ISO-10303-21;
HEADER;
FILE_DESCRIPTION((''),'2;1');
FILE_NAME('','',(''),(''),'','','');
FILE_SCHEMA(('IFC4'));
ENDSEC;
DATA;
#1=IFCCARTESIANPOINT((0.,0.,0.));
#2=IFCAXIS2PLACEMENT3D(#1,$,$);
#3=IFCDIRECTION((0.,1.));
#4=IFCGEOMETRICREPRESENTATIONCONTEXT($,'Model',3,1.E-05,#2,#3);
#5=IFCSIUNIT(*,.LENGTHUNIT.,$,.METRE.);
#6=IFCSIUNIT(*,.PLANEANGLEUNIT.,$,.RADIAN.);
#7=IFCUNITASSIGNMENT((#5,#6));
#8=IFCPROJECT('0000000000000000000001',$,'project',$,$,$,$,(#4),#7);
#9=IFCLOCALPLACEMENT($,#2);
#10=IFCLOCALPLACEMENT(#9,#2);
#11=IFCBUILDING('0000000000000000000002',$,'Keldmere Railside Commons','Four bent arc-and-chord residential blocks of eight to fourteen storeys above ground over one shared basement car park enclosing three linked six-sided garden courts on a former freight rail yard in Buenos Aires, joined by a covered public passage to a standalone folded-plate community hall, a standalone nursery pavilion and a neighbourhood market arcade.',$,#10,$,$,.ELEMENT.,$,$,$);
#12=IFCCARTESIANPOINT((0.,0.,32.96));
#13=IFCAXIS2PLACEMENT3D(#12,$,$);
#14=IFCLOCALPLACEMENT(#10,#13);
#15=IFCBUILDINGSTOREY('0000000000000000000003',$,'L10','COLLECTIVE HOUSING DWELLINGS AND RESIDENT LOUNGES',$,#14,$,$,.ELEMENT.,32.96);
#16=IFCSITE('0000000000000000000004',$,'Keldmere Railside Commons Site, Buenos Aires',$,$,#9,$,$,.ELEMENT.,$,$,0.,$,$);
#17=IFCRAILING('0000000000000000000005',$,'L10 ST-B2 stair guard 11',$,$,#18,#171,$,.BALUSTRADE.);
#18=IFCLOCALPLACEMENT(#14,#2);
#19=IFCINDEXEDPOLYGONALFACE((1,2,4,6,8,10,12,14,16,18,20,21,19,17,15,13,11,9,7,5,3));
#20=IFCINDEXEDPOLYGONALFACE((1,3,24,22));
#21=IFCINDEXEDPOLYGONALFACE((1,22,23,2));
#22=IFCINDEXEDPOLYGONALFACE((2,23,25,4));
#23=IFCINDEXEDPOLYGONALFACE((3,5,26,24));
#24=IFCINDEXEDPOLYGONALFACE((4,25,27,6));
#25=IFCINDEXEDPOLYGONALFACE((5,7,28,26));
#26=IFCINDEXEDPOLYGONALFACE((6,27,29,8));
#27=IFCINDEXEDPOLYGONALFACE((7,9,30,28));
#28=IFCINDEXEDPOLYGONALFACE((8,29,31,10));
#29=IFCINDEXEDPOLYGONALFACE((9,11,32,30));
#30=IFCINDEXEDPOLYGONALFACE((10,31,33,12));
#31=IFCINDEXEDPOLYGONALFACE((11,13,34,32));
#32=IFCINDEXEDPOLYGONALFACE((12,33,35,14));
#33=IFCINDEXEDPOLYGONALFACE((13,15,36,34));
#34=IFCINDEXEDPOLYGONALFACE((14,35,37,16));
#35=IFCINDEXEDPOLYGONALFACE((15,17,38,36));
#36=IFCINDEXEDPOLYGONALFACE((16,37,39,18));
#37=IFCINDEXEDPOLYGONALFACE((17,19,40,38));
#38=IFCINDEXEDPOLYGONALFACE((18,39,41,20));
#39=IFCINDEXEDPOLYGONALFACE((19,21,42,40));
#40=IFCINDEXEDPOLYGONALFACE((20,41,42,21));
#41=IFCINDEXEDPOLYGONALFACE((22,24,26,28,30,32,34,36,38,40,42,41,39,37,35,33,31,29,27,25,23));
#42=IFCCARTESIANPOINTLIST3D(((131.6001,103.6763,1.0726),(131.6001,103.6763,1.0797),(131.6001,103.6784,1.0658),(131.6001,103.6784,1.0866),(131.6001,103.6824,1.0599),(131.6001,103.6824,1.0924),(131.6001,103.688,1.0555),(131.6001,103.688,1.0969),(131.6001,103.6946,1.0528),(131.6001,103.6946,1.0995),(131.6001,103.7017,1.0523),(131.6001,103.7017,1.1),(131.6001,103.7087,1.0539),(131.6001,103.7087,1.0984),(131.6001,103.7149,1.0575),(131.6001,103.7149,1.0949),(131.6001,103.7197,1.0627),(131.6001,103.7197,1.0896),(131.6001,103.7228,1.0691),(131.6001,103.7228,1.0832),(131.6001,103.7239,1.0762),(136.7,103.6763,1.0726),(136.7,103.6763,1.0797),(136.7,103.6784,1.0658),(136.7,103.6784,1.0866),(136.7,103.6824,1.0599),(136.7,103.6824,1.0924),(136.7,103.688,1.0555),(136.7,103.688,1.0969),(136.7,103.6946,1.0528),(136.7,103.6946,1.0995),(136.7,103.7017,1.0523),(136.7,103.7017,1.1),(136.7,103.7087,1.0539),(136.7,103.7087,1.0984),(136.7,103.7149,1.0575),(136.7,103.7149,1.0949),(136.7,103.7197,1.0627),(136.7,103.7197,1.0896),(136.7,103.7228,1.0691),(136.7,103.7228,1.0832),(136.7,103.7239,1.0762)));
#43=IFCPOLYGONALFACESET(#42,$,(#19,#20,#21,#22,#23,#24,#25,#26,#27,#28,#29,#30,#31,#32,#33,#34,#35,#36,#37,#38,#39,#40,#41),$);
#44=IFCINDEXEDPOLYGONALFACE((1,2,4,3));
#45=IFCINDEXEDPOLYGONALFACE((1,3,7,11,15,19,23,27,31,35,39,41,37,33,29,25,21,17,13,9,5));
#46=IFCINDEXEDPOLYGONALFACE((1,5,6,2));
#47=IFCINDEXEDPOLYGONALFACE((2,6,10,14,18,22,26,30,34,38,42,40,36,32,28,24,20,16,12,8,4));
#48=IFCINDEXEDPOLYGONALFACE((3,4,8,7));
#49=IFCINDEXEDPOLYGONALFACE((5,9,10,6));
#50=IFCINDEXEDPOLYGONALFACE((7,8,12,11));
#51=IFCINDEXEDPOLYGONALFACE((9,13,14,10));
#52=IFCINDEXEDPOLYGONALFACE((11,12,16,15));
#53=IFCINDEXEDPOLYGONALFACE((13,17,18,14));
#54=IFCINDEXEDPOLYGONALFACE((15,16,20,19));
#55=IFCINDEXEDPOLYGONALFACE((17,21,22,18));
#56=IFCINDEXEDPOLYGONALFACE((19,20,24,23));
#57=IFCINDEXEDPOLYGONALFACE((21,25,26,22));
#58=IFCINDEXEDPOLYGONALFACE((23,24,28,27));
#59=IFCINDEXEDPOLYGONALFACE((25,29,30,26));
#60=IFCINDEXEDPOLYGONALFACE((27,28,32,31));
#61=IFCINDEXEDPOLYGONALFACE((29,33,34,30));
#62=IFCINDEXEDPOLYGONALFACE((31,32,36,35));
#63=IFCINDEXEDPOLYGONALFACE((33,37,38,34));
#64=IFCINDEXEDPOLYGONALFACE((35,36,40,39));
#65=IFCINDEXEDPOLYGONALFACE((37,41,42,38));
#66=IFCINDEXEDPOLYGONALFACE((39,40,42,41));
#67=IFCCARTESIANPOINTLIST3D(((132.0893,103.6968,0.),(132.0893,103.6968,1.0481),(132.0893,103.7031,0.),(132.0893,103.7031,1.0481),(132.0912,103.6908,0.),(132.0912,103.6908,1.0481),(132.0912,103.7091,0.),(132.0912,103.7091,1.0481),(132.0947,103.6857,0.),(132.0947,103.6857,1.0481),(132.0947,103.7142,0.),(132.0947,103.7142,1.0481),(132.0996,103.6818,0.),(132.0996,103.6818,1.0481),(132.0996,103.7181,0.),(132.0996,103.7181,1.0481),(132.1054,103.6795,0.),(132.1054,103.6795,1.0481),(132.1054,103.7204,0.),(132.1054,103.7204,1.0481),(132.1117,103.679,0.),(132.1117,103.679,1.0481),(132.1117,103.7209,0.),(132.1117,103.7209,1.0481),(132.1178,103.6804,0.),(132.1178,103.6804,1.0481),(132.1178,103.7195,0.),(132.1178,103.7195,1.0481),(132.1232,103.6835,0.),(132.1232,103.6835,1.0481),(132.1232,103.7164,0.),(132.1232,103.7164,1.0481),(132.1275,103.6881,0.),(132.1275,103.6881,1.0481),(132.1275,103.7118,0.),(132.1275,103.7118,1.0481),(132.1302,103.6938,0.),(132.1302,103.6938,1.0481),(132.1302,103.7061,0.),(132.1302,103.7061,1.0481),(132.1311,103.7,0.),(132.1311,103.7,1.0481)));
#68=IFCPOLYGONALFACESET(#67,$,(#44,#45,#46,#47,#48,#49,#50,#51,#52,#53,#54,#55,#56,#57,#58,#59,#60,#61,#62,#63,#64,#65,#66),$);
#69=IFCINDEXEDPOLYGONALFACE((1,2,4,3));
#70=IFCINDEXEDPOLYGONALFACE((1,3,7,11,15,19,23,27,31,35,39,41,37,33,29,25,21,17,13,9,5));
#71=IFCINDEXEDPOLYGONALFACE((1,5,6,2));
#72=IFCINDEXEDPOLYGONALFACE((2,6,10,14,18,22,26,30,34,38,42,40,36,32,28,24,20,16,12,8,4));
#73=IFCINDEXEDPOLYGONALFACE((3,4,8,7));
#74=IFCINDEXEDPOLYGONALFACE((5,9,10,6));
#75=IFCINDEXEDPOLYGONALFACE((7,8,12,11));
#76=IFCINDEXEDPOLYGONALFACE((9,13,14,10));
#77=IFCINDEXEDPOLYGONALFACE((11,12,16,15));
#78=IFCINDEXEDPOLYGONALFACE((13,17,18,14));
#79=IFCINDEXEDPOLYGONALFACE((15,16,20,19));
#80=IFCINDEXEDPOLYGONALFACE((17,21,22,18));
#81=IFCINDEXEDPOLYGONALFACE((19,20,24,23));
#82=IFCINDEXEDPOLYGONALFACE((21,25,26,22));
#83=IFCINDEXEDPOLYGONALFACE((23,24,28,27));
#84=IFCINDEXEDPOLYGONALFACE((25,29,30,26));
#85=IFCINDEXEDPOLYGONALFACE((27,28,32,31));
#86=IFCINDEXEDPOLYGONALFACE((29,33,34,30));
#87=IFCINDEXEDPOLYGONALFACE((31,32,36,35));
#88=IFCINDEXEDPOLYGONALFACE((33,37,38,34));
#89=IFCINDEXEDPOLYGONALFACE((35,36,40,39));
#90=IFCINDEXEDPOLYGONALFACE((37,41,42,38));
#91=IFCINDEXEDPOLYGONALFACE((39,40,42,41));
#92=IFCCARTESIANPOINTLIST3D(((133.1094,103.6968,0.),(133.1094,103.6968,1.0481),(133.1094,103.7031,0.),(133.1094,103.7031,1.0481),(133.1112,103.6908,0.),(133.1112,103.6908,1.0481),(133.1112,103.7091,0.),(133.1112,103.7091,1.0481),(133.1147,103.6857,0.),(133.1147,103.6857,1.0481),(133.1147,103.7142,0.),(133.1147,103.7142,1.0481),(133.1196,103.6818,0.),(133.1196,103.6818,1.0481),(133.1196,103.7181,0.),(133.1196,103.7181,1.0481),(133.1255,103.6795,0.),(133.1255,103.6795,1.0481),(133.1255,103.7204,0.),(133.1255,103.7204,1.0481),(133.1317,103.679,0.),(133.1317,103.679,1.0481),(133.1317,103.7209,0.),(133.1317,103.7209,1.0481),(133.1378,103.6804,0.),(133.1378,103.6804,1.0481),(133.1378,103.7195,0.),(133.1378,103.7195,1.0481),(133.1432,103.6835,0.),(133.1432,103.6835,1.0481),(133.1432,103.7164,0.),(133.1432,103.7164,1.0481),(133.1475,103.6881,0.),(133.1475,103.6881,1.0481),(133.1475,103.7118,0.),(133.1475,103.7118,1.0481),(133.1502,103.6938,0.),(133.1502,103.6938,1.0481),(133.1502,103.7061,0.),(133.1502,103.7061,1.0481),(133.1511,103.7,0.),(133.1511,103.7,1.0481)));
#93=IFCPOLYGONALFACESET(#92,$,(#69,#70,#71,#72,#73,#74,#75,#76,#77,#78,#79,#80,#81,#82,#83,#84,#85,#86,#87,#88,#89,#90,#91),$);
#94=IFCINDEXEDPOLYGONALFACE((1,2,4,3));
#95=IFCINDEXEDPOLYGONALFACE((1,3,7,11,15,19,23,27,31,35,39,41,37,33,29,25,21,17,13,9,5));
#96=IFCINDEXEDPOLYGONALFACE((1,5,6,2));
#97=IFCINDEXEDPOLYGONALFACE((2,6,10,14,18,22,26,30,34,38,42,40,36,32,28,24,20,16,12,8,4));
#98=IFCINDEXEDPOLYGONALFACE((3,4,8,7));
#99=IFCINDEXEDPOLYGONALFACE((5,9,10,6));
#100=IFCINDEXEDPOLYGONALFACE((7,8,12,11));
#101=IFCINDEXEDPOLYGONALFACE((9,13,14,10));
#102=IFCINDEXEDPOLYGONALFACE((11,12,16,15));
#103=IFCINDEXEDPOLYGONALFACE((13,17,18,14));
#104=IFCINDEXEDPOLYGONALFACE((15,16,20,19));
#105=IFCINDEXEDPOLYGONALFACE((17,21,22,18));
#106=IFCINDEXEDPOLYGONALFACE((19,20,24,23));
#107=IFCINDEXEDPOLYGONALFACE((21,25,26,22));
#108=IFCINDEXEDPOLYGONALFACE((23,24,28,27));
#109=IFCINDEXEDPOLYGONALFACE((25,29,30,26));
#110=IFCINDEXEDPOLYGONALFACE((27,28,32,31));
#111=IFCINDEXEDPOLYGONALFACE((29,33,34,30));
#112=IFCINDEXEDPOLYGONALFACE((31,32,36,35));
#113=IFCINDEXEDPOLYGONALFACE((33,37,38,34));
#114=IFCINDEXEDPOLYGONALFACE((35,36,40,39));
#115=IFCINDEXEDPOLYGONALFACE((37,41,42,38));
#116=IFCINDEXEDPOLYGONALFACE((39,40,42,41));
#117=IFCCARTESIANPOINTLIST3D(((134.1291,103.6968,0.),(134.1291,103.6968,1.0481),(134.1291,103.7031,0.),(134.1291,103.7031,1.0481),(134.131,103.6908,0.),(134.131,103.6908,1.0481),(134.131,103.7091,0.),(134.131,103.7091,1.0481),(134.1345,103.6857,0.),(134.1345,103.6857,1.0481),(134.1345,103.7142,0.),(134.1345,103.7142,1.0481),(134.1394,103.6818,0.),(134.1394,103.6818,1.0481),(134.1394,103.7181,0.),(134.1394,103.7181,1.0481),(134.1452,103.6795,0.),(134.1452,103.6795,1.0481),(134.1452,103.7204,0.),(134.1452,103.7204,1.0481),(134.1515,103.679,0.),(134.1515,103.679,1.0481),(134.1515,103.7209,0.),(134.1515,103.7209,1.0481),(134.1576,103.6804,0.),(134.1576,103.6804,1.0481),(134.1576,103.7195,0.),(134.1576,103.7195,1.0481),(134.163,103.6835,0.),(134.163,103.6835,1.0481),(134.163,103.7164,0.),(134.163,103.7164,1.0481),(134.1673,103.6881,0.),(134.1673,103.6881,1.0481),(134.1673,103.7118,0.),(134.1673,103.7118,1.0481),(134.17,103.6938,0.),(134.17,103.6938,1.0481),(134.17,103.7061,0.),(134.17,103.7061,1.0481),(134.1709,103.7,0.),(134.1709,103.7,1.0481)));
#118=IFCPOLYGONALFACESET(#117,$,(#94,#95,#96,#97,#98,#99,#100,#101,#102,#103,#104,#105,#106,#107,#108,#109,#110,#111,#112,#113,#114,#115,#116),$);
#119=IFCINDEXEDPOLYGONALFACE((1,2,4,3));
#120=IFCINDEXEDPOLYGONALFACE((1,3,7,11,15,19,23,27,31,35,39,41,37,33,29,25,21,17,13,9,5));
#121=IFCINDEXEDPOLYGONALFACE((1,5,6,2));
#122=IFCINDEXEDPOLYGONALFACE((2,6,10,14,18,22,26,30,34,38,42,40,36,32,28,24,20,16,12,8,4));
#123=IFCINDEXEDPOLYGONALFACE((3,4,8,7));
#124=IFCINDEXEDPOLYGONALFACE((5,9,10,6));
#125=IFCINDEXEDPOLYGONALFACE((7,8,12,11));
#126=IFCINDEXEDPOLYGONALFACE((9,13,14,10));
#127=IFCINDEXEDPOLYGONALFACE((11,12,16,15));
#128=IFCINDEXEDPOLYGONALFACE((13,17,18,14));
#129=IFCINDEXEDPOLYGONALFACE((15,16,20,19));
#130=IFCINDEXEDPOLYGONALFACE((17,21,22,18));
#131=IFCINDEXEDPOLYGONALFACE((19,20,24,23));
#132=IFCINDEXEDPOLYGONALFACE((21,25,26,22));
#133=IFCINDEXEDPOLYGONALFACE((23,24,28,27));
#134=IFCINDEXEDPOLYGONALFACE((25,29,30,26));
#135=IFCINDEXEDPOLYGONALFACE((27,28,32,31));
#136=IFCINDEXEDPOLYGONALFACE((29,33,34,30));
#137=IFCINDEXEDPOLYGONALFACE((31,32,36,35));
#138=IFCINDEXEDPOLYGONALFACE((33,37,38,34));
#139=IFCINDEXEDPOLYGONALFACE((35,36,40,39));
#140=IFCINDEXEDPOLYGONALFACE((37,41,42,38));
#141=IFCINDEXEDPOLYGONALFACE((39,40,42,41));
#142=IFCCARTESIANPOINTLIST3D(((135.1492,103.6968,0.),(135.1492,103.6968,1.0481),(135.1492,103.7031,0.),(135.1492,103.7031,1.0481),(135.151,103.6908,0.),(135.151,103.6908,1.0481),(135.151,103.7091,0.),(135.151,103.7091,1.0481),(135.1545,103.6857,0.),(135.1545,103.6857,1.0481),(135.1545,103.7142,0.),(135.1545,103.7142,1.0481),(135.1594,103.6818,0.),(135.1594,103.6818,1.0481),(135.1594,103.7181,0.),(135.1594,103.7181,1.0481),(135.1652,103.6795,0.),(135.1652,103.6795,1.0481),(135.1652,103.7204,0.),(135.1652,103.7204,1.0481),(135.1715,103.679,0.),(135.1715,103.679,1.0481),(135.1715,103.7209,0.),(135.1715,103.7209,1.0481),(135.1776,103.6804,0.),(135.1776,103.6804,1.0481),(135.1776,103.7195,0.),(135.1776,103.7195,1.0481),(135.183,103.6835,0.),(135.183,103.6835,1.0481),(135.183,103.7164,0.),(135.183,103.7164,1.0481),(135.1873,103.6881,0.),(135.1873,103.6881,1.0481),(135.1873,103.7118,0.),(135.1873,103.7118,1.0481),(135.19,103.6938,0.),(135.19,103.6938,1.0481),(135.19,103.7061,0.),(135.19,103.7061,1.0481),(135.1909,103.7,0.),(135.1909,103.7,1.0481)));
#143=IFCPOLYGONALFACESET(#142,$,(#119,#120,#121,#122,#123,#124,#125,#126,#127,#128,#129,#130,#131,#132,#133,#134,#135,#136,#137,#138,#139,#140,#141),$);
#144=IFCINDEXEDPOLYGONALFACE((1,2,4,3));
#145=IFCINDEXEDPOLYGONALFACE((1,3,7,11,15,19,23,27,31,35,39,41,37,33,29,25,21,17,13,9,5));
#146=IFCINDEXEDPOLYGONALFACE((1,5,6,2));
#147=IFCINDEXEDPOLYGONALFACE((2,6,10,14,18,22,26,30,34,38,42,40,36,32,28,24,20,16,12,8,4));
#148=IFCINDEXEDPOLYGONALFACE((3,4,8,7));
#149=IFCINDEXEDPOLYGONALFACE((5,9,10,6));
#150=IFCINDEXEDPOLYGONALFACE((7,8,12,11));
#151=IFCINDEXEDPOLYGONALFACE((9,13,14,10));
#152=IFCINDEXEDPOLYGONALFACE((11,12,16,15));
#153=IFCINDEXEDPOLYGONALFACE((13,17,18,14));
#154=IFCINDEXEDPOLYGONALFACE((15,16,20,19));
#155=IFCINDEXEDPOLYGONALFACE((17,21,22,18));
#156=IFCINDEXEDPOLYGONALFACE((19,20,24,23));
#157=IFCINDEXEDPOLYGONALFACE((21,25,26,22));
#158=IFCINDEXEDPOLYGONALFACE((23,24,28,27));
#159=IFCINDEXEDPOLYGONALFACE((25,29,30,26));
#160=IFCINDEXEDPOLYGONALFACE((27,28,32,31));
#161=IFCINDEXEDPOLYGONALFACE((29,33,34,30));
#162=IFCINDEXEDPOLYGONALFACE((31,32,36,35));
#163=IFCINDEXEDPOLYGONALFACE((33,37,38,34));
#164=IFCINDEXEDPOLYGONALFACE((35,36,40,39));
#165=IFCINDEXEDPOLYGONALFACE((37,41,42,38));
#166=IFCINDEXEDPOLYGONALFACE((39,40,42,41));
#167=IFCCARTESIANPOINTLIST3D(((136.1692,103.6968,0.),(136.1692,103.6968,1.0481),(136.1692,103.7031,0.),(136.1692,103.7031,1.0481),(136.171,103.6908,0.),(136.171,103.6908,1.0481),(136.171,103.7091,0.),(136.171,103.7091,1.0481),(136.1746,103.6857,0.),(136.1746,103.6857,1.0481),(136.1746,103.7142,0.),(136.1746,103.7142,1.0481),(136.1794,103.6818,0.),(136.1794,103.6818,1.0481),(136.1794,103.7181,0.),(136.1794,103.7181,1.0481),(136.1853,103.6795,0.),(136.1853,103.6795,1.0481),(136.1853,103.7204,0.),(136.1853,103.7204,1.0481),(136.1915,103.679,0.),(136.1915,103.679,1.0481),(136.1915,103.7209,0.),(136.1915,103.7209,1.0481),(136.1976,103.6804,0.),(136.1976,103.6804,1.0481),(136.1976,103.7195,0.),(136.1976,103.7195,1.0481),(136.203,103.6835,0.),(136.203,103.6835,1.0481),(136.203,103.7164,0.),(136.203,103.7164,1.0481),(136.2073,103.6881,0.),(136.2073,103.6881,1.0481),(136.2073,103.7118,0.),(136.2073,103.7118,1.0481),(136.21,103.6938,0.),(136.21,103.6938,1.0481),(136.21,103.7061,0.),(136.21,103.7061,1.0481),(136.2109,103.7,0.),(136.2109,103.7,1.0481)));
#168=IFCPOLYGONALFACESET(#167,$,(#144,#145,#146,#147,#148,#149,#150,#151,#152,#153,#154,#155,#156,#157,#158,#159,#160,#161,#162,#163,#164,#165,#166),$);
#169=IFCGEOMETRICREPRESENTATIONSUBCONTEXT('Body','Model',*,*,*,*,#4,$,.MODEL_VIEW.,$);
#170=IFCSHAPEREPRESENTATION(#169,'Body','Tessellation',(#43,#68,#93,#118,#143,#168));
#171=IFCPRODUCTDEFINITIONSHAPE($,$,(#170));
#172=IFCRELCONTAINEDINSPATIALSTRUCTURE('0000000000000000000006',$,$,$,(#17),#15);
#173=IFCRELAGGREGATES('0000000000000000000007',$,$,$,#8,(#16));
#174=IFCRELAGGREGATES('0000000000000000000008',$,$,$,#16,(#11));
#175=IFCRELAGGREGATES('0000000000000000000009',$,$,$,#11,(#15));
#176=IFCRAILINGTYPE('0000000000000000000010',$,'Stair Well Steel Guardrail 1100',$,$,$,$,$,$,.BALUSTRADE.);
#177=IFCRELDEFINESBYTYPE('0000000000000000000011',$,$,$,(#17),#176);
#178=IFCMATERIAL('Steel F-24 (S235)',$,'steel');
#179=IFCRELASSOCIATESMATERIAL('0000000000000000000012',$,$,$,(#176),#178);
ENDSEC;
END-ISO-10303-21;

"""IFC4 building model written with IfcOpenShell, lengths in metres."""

from ifc_helpers import new_model, si_unit, direction, frame, origin, origin_2d, place, context, subcontext, project, spatial, circle, extrude, material, type_object, element, save


model = new_model("IFC4")

# Units and contexts
model_context = context("Model", 3, precision=1e-05, world=origin(), true_north=direction((0.0, 1.0)))
body_context = subcontext(model_context, "Body", "Model", "MODEL_VIEW")
ifc_project = project(units=[si_unit("LENGTHUNIT", "METRE"), si_unit("PLANEANGLEUNIT", "RADIAN")], contexts=[model_context])

# Site, building, storey
site_placement = place(None, origin())
site = spatial("IfcSite", under=ifc_project, at=site_placement, Name="Keldmere Railside Commons Site, Buenos Aires", CompositionType="ELEMENT", RefElevation=0.0)
building_placement = place(site_placement, origin())
building = spatial("IfcBuilding", under=site, at=building_placement, Name="Keldmere Railside Commons", Description="Four bent arc-and-chord residential blocks of eight to fourteen storeys above ground over one shared basement car park enclosing three linked six-sided garden courts on a former freight rail yard in Buenos Aires, joined by a covered public passage to a standalone folded-plate community hall, a standalone nursery pavilion and a neighbourhood market arcade.", CompositionType="ELEMENT")
storey_placement = place(building_placement, frame((0.0, 0.0, 32.96)))
storey = spatial("IfcBuildingStorey", under=building, at=storey_placement, Name="L10", Description="COLLECTIVE HOUSING DWELLINGS AND RESIDENT LOUNGES", CompositionType="ELEMENT", Elevation=32.96)

# Railing
ifc_material_1 = material(Name="Steel F-24 (S235)", Category="steel")
railing_type_1 = type_object("IfcRailingType", Name="Stair Well Steel Guardrail 1100", PredefinedType="BALUSTRADE", material=ifc_material_1)
railing_1_placement = place(storey_placement, frame((131.6001, 103.7, 0.0)))
element("IfcRailing", 1, at=railing_1_placement, inside=storey, type_object=railing_type_1, Name="L10 ST-B2 stair guard 11", PredefinedType="BALUSTRADE", context=body_context, shape_type="SweptSolid", body=[
    extrude(circle(Radius=0.0239, at=origin_2d()), frame((0.0, 0.0, 1.0762), z_axis=(1.0, 0.0, 0.0), x_axis=(0.0, 1.0, 0.0)), (0.0, 0.0, 1.0), 5.0999),
    extrude(circle(Radius=0.021, at=origin_2d()), frame((0.51, 0.0, 0.0)), (0.0, 0.0, 1.0), 1.0481),
    extrude(circle(Radius=0.021, at=origin_2d()), frame((1.53, 0.0, 0.0)), (0.0, 0.0, 1.0), 1.0481),
    extrude(circle(Radius=0.021, at=origin_2d()), frame((2.5498, 0.0, 0.0)), (0.0, 0.0, 1.0), 1.0481),
    extrude(circle(Radius=0.021, at=origin_2d()), frame((3.5698, 0.0, 0.0)), (0.0, 0.0, 1.0), 1.0481),
    extrude(circle(Radius=0.021, at=origin_2d()), frame((4.5898, 0.0, 0.0)), (0.0, 0.0, 1.0), 1.0481),
])

save(model, "model.ifc")
